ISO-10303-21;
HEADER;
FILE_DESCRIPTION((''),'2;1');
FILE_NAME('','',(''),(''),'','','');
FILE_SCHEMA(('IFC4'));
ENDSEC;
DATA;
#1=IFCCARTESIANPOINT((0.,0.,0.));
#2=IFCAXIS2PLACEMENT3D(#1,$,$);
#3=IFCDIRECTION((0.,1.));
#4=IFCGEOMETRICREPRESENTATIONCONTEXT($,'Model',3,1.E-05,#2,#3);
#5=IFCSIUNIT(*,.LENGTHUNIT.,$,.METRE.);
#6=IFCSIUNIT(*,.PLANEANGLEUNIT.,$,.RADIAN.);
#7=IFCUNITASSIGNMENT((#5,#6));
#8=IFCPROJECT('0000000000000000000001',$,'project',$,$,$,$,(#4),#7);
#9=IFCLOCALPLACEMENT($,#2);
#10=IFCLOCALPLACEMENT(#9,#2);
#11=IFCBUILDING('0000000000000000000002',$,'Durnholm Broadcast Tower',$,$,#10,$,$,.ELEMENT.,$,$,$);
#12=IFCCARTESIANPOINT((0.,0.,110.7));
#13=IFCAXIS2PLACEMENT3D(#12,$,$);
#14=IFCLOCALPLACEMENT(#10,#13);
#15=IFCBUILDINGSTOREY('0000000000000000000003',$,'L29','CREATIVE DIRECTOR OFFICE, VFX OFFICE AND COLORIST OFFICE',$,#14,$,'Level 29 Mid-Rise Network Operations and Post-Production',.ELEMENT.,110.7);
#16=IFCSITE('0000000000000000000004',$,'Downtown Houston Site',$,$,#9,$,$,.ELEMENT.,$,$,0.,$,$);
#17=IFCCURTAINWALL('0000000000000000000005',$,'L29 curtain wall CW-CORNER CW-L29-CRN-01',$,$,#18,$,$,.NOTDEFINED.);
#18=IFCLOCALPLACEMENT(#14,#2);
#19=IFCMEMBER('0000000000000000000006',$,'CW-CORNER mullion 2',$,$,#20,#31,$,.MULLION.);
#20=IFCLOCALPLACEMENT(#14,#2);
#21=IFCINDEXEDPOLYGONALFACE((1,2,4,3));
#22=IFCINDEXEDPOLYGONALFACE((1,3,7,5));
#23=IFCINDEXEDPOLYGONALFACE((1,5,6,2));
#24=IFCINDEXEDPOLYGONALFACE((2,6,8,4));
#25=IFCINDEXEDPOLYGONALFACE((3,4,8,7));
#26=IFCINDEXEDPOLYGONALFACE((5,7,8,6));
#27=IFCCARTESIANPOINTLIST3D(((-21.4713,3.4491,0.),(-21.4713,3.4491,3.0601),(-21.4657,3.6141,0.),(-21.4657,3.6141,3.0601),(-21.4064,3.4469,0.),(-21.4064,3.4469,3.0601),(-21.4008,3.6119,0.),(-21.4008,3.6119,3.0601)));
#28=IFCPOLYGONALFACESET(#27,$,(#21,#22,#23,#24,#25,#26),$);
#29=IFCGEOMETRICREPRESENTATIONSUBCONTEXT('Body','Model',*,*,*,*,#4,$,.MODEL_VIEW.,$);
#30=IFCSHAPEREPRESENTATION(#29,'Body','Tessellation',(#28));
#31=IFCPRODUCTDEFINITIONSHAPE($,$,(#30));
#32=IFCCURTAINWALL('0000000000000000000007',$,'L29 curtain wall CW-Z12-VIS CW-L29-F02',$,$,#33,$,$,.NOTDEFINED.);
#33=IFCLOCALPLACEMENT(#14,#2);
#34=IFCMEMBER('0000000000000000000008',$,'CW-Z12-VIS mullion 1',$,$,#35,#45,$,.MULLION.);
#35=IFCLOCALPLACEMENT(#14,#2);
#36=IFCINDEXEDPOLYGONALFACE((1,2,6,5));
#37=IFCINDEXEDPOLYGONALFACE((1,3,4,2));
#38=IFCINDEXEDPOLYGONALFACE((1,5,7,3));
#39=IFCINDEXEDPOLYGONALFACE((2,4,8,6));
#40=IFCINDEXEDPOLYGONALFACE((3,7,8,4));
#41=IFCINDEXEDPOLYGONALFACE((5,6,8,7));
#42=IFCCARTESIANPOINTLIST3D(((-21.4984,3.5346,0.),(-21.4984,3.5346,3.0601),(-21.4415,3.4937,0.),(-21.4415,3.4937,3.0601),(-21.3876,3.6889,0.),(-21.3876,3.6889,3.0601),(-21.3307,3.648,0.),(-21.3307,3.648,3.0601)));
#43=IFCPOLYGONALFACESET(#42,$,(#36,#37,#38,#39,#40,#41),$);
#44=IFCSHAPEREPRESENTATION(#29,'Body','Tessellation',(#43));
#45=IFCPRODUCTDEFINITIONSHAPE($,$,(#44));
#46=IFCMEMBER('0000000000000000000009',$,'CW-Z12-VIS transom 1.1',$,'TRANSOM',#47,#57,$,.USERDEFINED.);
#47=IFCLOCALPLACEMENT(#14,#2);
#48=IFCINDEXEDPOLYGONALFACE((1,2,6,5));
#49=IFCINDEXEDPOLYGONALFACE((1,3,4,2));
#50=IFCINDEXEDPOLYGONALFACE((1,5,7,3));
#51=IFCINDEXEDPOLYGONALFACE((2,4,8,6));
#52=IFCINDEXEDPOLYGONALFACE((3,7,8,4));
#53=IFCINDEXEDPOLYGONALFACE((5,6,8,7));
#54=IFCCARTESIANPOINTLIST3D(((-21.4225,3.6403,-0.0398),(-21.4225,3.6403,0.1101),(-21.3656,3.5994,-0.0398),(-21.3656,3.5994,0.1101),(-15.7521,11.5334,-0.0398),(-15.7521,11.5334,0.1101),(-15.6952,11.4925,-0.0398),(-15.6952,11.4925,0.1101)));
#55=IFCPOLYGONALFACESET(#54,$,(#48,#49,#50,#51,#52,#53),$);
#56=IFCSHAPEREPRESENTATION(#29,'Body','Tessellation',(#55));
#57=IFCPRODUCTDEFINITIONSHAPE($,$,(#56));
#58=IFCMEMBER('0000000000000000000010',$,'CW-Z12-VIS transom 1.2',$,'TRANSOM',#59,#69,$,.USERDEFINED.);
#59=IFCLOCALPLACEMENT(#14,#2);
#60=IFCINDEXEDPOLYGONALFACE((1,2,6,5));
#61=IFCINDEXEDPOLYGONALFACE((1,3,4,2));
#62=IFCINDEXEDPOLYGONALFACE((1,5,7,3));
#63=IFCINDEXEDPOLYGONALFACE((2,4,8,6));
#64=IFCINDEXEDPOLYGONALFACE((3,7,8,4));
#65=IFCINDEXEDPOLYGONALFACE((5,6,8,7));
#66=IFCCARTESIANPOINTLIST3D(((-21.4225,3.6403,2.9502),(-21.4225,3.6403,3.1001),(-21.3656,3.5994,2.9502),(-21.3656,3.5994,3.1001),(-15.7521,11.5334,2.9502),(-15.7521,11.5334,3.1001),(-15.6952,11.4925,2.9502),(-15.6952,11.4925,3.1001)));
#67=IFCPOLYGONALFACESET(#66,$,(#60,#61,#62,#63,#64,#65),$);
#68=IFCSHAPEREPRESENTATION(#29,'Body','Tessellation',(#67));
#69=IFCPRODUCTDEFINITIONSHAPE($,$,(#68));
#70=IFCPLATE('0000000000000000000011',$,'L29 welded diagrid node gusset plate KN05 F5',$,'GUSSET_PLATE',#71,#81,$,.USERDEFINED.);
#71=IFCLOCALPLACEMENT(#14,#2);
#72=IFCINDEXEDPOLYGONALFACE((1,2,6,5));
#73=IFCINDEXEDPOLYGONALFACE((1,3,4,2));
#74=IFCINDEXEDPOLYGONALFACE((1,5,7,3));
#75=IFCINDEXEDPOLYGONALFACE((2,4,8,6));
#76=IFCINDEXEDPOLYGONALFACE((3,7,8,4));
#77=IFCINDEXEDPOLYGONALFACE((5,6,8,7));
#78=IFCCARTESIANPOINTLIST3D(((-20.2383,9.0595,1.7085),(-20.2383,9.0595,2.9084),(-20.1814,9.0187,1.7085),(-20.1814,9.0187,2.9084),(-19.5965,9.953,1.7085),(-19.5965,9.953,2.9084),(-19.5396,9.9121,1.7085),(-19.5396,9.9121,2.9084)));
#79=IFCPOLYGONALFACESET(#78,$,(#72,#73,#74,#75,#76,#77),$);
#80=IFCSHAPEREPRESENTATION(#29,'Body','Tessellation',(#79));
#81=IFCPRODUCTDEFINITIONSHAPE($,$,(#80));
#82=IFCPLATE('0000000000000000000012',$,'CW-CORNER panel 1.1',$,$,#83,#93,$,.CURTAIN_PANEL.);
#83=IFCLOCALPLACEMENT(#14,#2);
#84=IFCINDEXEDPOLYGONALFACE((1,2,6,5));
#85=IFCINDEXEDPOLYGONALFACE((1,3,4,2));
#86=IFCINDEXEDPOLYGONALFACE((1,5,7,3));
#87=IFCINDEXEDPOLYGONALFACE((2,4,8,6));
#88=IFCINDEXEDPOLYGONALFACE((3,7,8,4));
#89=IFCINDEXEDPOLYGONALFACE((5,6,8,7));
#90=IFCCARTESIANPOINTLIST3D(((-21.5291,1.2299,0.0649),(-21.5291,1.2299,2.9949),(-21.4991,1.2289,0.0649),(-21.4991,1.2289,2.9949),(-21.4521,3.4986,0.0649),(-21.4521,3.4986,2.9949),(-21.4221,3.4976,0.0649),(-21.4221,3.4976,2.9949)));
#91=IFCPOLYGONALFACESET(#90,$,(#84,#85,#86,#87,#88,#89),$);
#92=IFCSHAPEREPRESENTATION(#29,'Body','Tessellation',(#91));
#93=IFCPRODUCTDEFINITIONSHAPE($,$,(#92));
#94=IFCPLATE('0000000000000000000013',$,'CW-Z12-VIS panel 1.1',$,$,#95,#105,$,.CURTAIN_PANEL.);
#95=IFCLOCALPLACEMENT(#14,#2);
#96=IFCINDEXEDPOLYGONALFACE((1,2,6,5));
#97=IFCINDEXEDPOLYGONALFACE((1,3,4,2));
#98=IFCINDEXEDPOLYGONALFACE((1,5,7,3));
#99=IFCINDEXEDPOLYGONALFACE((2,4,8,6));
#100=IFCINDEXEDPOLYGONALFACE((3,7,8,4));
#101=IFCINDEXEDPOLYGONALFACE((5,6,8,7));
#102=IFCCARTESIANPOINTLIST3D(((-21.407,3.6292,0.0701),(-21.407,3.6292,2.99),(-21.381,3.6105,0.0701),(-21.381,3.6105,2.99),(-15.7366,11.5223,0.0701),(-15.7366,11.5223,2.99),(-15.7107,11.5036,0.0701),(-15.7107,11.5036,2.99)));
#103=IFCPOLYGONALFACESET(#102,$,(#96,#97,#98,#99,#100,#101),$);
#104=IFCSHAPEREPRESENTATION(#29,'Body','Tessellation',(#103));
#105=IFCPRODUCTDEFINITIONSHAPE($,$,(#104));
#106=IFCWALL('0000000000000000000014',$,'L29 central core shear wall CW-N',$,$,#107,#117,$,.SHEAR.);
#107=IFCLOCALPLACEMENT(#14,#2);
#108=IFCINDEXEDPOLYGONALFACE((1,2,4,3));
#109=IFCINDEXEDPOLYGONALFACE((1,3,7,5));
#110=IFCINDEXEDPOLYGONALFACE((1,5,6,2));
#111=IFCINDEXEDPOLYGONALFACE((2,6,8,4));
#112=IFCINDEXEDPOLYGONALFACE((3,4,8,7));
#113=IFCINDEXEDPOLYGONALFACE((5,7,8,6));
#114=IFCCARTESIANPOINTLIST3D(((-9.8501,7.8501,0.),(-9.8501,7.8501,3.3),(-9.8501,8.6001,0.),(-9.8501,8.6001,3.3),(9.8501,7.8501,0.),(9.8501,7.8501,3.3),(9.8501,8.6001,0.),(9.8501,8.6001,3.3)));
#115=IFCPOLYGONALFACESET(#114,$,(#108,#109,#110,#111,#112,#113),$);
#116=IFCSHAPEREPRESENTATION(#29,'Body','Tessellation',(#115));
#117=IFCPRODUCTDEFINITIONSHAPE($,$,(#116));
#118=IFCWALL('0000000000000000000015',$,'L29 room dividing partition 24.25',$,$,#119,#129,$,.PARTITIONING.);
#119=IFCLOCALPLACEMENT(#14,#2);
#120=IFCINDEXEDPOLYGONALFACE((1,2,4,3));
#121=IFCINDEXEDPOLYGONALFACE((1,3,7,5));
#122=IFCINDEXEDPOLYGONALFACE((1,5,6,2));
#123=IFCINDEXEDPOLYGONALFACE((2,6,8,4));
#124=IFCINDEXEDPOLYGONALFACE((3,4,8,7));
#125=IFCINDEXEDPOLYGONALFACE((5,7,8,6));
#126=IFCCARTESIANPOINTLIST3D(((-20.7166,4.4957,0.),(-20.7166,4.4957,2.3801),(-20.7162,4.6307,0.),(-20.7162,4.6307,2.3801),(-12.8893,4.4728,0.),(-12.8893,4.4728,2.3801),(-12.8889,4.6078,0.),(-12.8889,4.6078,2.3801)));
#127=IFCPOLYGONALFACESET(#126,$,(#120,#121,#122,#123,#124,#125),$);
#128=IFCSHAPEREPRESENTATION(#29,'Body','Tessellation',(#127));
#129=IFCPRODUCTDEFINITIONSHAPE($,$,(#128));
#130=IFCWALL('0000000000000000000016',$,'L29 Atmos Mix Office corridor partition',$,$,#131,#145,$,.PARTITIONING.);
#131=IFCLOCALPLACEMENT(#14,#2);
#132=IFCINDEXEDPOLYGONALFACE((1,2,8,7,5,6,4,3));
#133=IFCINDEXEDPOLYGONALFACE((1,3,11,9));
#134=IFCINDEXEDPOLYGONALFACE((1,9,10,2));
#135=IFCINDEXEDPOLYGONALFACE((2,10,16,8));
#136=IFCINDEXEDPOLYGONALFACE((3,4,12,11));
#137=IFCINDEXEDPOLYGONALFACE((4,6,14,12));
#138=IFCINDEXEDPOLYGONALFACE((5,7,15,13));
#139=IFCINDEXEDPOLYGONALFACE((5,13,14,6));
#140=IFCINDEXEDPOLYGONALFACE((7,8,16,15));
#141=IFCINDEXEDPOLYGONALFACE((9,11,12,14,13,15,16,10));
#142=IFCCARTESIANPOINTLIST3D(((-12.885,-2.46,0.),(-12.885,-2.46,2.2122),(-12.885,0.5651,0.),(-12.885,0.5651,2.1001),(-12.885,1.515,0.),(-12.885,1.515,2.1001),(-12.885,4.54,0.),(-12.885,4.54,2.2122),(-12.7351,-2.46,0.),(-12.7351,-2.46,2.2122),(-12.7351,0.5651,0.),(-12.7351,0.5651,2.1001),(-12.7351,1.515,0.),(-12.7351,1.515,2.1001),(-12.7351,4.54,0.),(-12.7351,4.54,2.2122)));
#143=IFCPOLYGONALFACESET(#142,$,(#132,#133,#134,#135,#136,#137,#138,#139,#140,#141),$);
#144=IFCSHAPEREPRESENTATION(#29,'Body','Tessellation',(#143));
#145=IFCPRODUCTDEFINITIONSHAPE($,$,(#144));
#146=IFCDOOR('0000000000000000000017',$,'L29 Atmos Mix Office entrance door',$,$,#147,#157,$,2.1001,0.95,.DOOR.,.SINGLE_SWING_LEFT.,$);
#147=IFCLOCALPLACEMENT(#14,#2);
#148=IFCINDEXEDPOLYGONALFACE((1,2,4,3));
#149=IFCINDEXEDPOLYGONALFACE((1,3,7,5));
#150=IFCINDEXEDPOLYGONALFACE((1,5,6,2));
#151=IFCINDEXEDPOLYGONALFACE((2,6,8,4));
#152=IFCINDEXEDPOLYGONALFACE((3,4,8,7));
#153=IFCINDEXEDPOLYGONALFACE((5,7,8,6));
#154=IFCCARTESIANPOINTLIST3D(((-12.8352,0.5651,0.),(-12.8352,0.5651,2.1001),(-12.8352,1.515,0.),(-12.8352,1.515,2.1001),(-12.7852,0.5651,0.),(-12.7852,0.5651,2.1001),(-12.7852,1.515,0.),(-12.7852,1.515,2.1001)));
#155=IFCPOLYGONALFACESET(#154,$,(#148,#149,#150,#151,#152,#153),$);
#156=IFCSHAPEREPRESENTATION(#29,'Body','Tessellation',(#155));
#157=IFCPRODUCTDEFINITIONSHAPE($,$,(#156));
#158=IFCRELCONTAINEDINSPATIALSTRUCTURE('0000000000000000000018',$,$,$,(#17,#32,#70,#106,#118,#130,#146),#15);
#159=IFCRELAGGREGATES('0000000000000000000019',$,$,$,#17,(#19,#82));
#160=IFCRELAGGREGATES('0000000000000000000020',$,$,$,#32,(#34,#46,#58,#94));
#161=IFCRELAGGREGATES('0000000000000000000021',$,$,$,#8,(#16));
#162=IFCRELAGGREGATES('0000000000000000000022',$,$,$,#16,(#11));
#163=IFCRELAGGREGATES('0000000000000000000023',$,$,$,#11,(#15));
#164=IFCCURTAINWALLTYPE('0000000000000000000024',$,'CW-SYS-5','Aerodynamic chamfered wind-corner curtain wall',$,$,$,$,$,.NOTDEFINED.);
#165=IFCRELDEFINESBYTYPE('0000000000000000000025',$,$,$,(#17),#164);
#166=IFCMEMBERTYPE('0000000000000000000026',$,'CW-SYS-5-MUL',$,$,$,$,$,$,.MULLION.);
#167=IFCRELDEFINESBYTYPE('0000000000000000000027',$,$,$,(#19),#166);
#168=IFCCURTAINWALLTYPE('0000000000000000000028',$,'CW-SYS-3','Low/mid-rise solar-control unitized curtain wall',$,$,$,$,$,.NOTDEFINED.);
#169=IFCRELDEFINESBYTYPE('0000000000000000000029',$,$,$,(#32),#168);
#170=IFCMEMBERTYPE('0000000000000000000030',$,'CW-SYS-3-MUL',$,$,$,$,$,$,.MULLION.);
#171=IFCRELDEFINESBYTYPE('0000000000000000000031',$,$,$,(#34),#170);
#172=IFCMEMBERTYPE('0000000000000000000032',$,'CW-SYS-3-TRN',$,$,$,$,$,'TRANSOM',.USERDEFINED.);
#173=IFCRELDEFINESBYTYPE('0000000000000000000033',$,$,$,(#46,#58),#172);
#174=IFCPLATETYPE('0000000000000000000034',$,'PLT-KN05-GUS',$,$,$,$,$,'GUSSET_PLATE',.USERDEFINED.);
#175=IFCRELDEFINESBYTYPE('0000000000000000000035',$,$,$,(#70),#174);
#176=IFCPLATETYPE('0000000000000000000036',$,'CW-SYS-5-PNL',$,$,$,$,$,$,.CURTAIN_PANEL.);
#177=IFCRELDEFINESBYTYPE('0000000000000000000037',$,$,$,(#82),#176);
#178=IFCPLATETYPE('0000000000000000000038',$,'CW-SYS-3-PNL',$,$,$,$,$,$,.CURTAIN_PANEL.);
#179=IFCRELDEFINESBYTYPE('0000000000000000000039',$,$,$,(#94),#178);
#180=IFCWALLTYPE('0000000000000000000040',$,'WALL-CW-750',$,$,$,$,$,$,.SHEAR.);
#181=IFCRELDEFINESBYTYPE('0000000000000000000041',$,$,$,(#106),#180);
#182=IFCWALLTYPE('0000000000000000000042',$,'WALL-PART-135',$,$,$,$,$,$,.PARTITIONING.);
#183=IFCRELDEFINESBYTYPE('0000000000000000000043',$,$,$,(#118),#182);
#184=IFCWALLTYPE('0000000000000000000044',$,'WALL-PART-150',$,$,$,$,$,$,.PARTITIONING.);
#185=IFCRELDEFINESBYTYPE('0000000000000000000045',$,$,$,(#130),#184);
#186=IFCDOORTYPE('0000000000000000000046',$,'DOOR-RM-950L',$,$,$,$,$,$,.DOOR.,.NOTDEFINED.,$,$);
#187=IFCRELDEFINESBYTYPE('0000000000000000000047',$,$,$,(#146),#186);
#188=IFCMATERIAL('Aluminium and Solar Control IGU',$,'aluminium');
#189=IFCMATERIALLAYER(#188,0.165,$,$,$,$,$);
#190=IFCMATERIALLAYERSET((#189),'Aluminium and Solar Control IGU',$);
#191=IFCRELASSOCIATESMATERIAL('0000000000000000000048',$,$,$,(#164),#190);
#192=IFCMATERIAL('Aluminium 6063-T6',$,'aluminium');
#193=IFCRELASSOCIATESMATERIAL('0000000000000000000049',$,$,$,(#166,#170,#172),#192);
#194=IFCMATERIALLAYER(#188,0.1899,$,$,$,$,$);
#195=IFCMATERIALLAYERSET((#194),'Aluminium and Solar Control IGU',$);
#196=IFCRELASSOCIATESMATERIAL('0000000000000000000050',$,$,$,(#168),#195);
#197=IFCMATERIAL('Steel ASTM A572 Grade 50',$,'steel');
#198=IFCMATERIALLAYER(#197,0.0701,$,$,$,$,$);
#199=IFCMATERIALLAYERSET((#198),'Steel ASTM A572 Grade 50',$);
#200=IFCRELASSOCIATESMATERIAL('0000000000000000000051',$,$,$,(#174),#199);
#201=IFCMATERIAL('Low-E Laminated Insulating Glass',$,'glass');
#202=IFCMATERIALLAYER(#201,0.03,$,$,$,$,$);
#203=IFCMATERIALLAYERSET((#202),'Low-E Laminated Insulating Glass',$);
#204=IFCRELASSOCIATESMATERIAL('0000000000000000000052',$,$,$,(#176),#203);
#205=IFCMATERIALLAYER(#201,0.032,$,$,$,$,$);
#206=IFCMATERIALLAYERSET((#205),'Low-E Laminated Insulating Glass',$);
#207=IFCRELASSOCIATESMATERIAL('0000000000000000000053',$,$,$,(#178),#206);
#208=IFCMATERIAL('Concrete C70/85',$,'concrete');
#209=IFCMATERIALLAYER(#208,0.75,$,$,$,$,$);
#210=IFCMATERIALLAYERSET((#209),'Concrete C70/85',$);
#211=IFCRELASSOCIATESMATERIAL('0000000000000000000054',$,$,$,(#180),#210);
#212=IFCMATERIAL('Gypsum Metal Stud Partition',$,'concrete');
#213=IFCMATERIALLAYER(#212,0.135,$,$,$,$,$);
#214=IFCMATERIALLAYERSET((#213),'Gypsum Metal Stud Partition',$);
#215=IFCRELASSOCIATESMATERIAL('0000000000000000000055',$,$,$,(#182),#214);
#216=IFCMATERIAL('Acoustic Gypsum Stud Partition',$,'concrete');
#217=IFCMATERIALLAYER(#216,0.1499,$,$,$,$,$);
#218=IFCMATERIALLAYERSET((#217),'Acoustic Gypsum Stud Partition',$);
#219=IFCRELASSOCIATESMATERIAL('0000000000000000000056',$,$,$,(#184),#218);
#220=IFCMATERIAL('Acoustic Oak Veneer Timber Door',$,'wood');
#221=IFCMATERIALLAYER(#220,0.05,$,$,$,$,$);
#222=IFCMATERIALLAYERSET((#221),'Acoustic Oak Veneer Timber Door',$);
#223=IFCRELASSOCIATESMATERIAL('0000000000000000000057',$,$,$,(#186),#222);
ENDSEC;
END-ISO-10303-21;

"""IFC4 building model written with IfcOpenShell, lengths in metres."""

from ifc_helpers import new_model, si_unit, direction, frame, frame_2d, origin, origin_2d, place, context, subcontext, project, spatial, rectangle, extrude, source, transform, mapped, material, layer, layer_set, material_profile, profile_set, type_object, type_shapes, element, fill, aggregate, save


model = new_model("IFC4")

# Units and contexts
model_context = context("Model", 3, precision=1e-05, world=origin(), true_north=direction((0.0, 1.0)))
body_context = subcontext(model_context, "Body", "Model", "MODEL_VIEW")
ifc_project = project(units=[si_unit("LENGTHUNIT", "METRE"), si_unit("PLANEANGLEUNIT", "RADIAN")], contexts=[model_context])

# Site, building, storey
site_placement = place(None, origin())
site = spatial("IfcSite", under=ifc_project, at=site_placement, Name="Downtown Houston Site", CompositionType="ELEMENT", RefElevation=0.0)
building_placement = place(site_placement, origin())
building = spatial("IfcBuilding", under=site, at=building_placement, Name="Durnholm Broadcast Tower", CompositionType="ELEMENT")
storey_placement = place(building_placement, frame((0.0, 0.0, 110.7)))
storey = spatial("IfcBuildingStorey", under=building, at=storey_placement, Name="L29", Description="CREATIVE DIRECTOR OFFICE, VFX OFFICE AND COLORIST OFFICE", LongName="Level 29 Mid-Rise Network Operations and Post-Production", CompositionType="ELEMENT", Elevation=110.7)

# Shared definitions
ifc_material_1 = material(Name="Concrete C70/85", Category="concrete")

# Curtain wall, member
ifc_material_2 = material(Name="Aluminium and Solar Control IGU", Category="aluminium")
ifc_layer_1 = layer(ifc_material_2, 0.165)
ifc_layer_set_1 = layer_set([ifc_layer_1], Name="Aluminium and Solar Control IGU")
curtain_wall_type_1 = type_object("IfcCurtainWallType", Name="CW-SYS-5", Description="Aerodynamic chamfered wind-corner curtain wall", PredefinedType="NOTDEFINED", material=ifc_layer_set_1)
curtain_wall_1_placement = place(storey_placement, origin())
curtain_wall_1 = element("IfcCurtainWall", 1, at=curtain_wall_1_placement, inside=storey, type_object=curtain_wall_type_1, Name="L29 curtain wall CW-CORNER CW-L29-CRN-01", PredefinedType="NOTDEFINED")
ifc_material_3 = material(Name="Aluminium 6063-T6", Category="aluminium")
ifc_material_profile_1 = material_profile(ifc_material_3, rectangle(XDim=0.0649, YDim=0.165, at=origin_2d()), Name="CWM65X165")
ifc_profile_set_1 = profile_set([ifc_material_profile_1], Name="Aluminium 6063-T6")
member_type_1 = type_object("IfcMemberType", Name="CW-SYS-5-MUL", PredefinedType="MULLION", material=ifc_profile_set_1)
shared_shape_1 = source(origin(), body_context, "Body", "SweptSolid", [
    extrude(rectangle(XDim=0.0649, YDim=0.165, at=origin_2d()), origin(), (0.0, 0.0, 1.0), 3.0601),
])
type_shapes(member_type_1, [shared_shape_1])
member_1_placement = place(storey_placement, frame((-21.436, 3.5305, 0.0), z_axis=(0.0, 0.0, 1.0), x_axis=(-0.999425, 0.033917, 0.0)))
member_1 = element("IfcMember", 2, at=member_1_placement, type_object=member_type_1, Name="CW-CORNER mullion 2", PredefinedType="MULLION", context=body_context, shape_type="MappedRepresentation", body=[
    mapped(shared_shape_1, transform((0.0, 0.0, 0.0), x_axis=(1.0, 0.0, 0.0), y_axis=(0.0, 1.0, 0.0), z_axis=(0.0, 0.0, 1.0), scale=1.0)),
])

# Curtain wall, members
ifc_layer_2 = layer(ifc_material_2, 0.1899)
ifc_layer_set_2 = layer_set([ifc_layer_2], Name="Aluminium and Solar Control IGU")
curtain_wall_type_2 = type_object("IfcCurtainWallType", Name="CW-SYS-3", Description="Low/mid-rise solar-control unitized curtain wall", PredefinedType="NOTDEFINED", material=ifc_layer_set_2)
curtain_wall_2_placement = place(storey_placement, origin())
curtain_wall_2 = element("IfcCurtainWall", 3, at=curtain_wall_2_placement, inside=storey, type_object=curtain_wall_type_2, Name="L29 curtain wall CW-Z12-VIS CW-L29-F02", PredefinedType="NOTDEFINED")
ifc_material_profile_2 = material_profile(ifc_material_3, rectangle(XDim=0.0701, YDim=0.1899, at=origin_2d()), Name="CWM70X190")
ifc_profile_set_2 = profile_set([ifc_material_profile_2], Name="Aluminium 6063-T6")
member_type_2 = type_object("IfcMemberType", Name="CW-SYS-3-MUL", PredefinedType="MULLION", material=ifc_profile_set_2)
shared_shape_2 = source(origin(), body_context, "Body", "SweptSolid", [
    extrude(rectangle(XDim=0.0701, YDim=0.1899, at=origin_2d()), origin(), (0.0, 0.0, 1.0), 3.0601),
])
type_shapes(member_type_2, [shared_shape_2])
member_2_placement = place(storey_placement, frame((-21.4146, 3.5913, 0.0), z_axis=(0.0, 0.0, 1.0), x_axis=(-0.812152, 0.583445, 0.0)))
member_2 = element("IfcMember", 4, at=member_2_placement, type_object=member_type_2, Name="CW-Z12-VIS mullion 1", PredefinedType="MULLION", context=body_context, shape_type="MappedRepresentation", body=[
    mapped(shared_shape_2, transform((0.0, 0.0, 0.0), x_axis=(1.0, 0.0, 0.0), y_axis=(0.0, 1.0, 0.0), z_axis=(0.0, 0.0, 1.0), scale=1.0)),
])
ifc_material_profile_3 = material_profile(ifc_material_3, rectangle(XDim=0.0701, YDim=0.1499, at=origin_2d()), Name="CWT70X150")
ifc_profile_set_3 = profile_set([ifc_material_profile_3], Name="Aluminium 6063-T6")
member_type_3 = type_object("IfcMemberType", Name="CW-SYS-3-TRN", ElementType="TRANSOM", PredefinedType="USERDEFINED", material=ifc_profile_set_3)
shared_shape_3 = source(origin(), body_context, "Body", "SweptSolid", [
    extrude(rectangle(XDim=0.0701, YDim=0.1499, at=origin_2d()), origin(), (0.0, 0.0, 1.0), 9.7188),
])
type_shapes(member_type_3, [shared_shape_3])
member_3_placement = place(storey_placement, frame((-21.394, 3.6199, 0.0352), z_axis=(0.583451, 0.812149, 0.0), x_axis=(-0.812149, 0.583451, 0.0)))
member_3 = element("IfcMember", 5, at=member_3_placement, type_object=member_type_3, Name="CW-Z12-VIS transom 1.1", ObjectType="TRANSOM", PredefinedType="USERDEFINED", context=body_context, shape_type="MappedRepresentation", body=[
    mapped(shared_shape_3, transform((0.0, 0.0, 0.0), x_axis=(1.0, 0.0, 0.0), y_axis=(0.0, 1.0, 0.0), z_axis=(0.0, 0.0, 1.0), scale=1.0)),
])
member_4_placement = place(storey_placement, frame((-21.394, 3.6199, 3.0251), z_axis=(0.583451, 0.812149, 0.0), x_axis=(-0.812149, 0.583451, 0.0)))
member_4 = element("IfcMember", 6, at=member_4_placement, type_object=member_type_3, Name="CW-Z12-VIS transom 1.2", ObjectType="TRANSOM", PredefinedType="USERDEFINED", context=body_context, shape_type="MappedRepresentation", body=[
    mapped(shared_shape_3, transform((0.0, 0.0, 0.0), x_axis=(1.0, 0.0, 0.0), y_axis=(0.0, 1.0, 0.0), z_axis=(0.0, 0.0, 1.0), scale=1.0)),
])

# Plates
ifc_material_4 = material(Name="Steel ASTM A572 Grade 50", Category="steel")
ifc_layer_3 = layer(ifc_material_4, 0.0701)
ifc_layer_set_3 = layer_set([ifc_layer_3], Name="Steel ASTM A572 Grade 50")
plate_type_1 = type_object("IfcPlateType", Name="PLT-KN05-GUS", ElementType="GUSSET_PLATE", PredefinedType="USERDEFINED", material=ifc_layer_set_3)
shared_shape_4 = source(origin(), body_context, "Body", "SweptSolid", [
    extrude(rectangle(XDim=1.1001, YDim=0.0701, at=origin_2d()), origin(), (0.0, 0.0, 1.0), 1.2),
])
type_shapes(plate_type_1, [shared_shape_4])
plate_1_placement = place(storey_placement, frame((-19.8889, 9.4858, 1.7085), z_axis=(0.0, 0.0, 1.0), x_axis=(-0.583399, -0.812185, 0.0)))
element("IfcPlate", 7, at=plate_1_placement, inside=storey, type_object=plate_type_1, Name="L29 welded diagrid node gusset plate KN05 F5", ObjectType="GUSSET_PLATE", PredefinedType="USERDEFINED", context=body_context, shape_type="MappedRepresentation", body=[
    mapped(shared_shape_4, transform((0.0, 0.0, 0.0), x_axis=(1.0, 0.0, 0.0), y_axis=(0.0, 1.0, 0.0), z_axis=(0.0, 0.0, 1.0), scale=1.0)),
])
ifc_material_5 = material(Name="Low-E Laminated Insulating Glass", Category="glass")
ifc_layer_4 = layer(ifc_material_5, 0.03)
ifc_layer_set_4 = layer_set([ifc_layer_4], Name="Low-E Laminated Insulating Glass")
plate_type_2 = type_object("IfcPlateType", Name="CW-SYS-5-PNL", PredefinedType="CURTAIN_PANEL", material=ifc_layer_set_4)
shared_shape_5 = source(origin(), body_context, "Body", "SweptSolid", [
    extrude(rectangle(XDim=2.27, YDim=0.03, at=origin_2d()), origin(), (0.0, 0.0, 1.0), 2.9299),
])
type_shapes(plate_type_2, [shared_shape_5])
plate_2_placement = place(storey_placement, frame((-21.4756, 2.3638, 0.0649), z_axis=(0.0, 0.0, 1.0), x_axis=(0.033917, 0.999425, 0.0)))
plate_2 = element("IfcPlate", 8, at=plate_2_placement, type_object=plate_type_2, Name="CW-CORNER panel 1.1", PredefinedType="CURTAIN_PANEL", context=body_context, shape_type="MappedRepresentation", body=[
    mapped(shared_shape_5, transform((0.0, 0.0, 0.0), x_axis=(1.0, 0.0, 0.0), y_axis=(0.0, 1.0, 0.0), z_axis=(0.0, 0.0, 1.0), scale=1.0)),
])
aggregate(curtain_wall_1, [member_1, plate_2])
ifc_layer_5 = layer(ifc_material_5, 0.032)
ifc_layer_set_5 = layer_set([ifc_layer_5], Name="Low-E Laminated Insulating Glass")
plate_type_3 = type_object("IfcPlateType", Name="CW-SYS-3-PNL", PredefinedType="CURTAIN_PANEL", material=ifc_layer_set_5)
shared_shape_6 = source(origin(), body_context, "Body", "SweptSolid", [
    extrude(rectangle(XDim=9.7188, YDim=0.032, at=origin_2d()), origin(), (0.0, 0.0, 1.0), 2.9199),
])
type_shapes(plate_type_3, [shared_shape_6])
plate_3_placement = place(storey_placement, frame((-18.5588, 7.5664, 0.0701), z_axis=(0.0, 0.0, 1.0), x_axis=(0.583445, 0.812152, 0.0)))
plate_3 = element("IfcPlate", 9, at=plate_3_placement, type_object=plate_type_3, Name="CW-Z12-VIS panel 1.1", PredefinedType="CURTAIN_PANEL", context=body_context, shape_type="MappedRepresentation", body=[
    mapped(shared_shape_6, transform((0.0, 0.0, 0.0), x_axis=(1.0, 0.0, 0.0), y_axis=(0.0, 1.0, 0.0), z_axis=(0.0, 0.0, 1.0), scale=1.0)),
])
aggregate(curtain_wall_2, [member_2, member_3, member_4, plate_3])

# Walls
ifc_layer_6 = layer(ifc_material_1, 0.75)
ifc_layer_set_6 = layer_set([ifc_layer_6], Name="Concrete C70/85")
wall_type_1 = type_object("IfcWallType", Name="WALL-CW-750", PredefinedType="SHEAR", material=ifc_layer_set_6)
wall_1_placement = place(storey_placement, frame((-9.8501, 8.2251, 0.0), z_axis=(0.0, 0.0, 1.0), x_axis=(1.0, 0.0, 0.0)))
element("IfcWall", 10, at=wall_1_placement, inside=storey, type_object=wall_type_1, Name="L29 central core shear wall CW-N", PredefinedType="SHEAR", context=body_context, shape_type="SweptSolid", body=[
    extrude(rectangle(XDim=19.7002, YDim=0.75, at=frame_2d((9.8501, 0.0))), origin(), (0.0, 0.0, 1.0), 3.3),
])
ifc_material_6 = material(Name="Gypsum Metal Stud Partition", Category="concrete")
ifc_layer_7 = layer(ifc_material_6, 0.135)
ifc_layer_set_7 = layer_set([ifc_layer_7], Name="Gypsum Metal Stud Partition")
wall_type_2 = type_object("IfcWallType", Name="WALL-PART-135", PredefinedType="PARTITIONING", material=ifc_layer_set_7)
wall_2_placement = place(storey_placement, frame((-20.7163, 4.5632, 0.0), z_axis=(0.0, 0.0, 1.0), x_axis=(0.999996, -0.002932, 0.0)))
element("IfcWall", 11, at=wall_2_placement, inside=storey, type_object=wall_type_2, Name="L29 room dividing partition 24.25", PredefinedType="PARTITIONING", context=body_context, shape_type="SweptSolid", body=[
    extrude(rectangle(XDim=7.8274, YDim=0.135, at=frame_2d((3.9136, 0.0))), origin(), (0.0, 0.0, 1.0), 2.3801),
])

# Wall, opening, door
ifc_material_7 = material(Name="Acoustic Gypsum Stud Partition", Category="concrete")
ifc_layer_8 = layer(ifc_material_7, 0.1499)
ifc_layer_set_8 = layer_set([ifc_layer_8], Name="Acoustic Gypsum Stud Partition")
wall_type_3 = type_object("IfcWallType", Name="WALL-PART-150", PredefinedType="PARTITIONING", material=ifc_layer_set_8)
wall_3_placement = place(storey_placement, frame((-12.8101, 4.54, 0.0), z_axis=(0.0, 0.0, 1.0), x_axis=(0.0, -1.0, 0.0)))
wall_3 = element("IfcWall", 12, at=wall_3_placement, inside=storey, type_object=wall_type_3, Name="L29 Atmos Mix Office corridor partition", PredefinedType="PARTITIONING", context=body_context, shape_type="SweptSolid", body=[
    extrude(rectangle(XDim=7.0, YDim=0.1499, at=frame_2d((3.5, 0.0))), origin(), (0.0, 0.0, 1.0), 2.2122),
])
opening_1_placement = place(wall_3_placement, frame((3.0249, 0.0, 0.0)))
opening_1 = element("IfcOpeningElement", 13, at=opening_1_placement, cuts=wall_3, PredefinedType="OPENING", context=body_context, shape_type="SweptSolid", body=[
    extrude(rectangle(XDim=0.95, YDim=2.1001, at=frame_2d((0.4751, 1.05))), frame((0.0, 0.085, 0.0), z_axis=(0.0, -1.0, 0.0), x_axis=(1.0, 0.0, 0.0)), (0.0, 0.0, 1.0), 0.1699),
])
ifc_material_8 = material(Name="Acoustic Oak Veneer Timber Door", Category="wood")
ifc_layer_9 = layer(ifc_material_8, 0.05)
ifc_layer_set_9 = layer_set([ifc_layer_9], Name="Acoustic Oak Veneer Timber Door")
door_type_1 = type_object("IfcDoorType", Name="DOOR-RM-950L", OperationType="NOTDEFINED", PredefinedType="DOOR", material=ifc_layer_set_9)
shared_shape_7 = source(origin(), body_context, "Body", "SweptSolid", [
    extrude(rectangle(XDim=0.95, YDim=2.1001, at=frame_2d((0.4751, 1.05))), frame((0.0, 0.0249, 0.0), z_axis=(0.0, -1.0, 0.0), x_axis=(1.0, 0.0, 0.0)), (0.0, 0.0, 1.0), 0.05),
])
type_shapes(door_type_1, [shared_shape_7])
door_1_placement = place(opening_1_placement, origin())
door_1 = element("IfcDoor", 14, at=door_1_placement, inside=storey, type_object=door_type_1, Name="L29 Atmos Mix Office entrance door", OperationType="SINGLE_SWING_LEFT", OverallHeight=2.1001, OverallWidth=0.95, PredefinedType="DOOR", context=body_context, shape_type="MappedRepresentation", body=[
    mapped(shared_shape_7, transform((0.0, 0.0, 0.0), x_axis=(1.0, 0.0, 0.0), y_axis=(0.0, 1.0, 0.0), z_axis=(0.0, 0.0, 1.0), scale=1.0)),
])
fill(opening_1, door_1)

save(model, "model.ifc")
